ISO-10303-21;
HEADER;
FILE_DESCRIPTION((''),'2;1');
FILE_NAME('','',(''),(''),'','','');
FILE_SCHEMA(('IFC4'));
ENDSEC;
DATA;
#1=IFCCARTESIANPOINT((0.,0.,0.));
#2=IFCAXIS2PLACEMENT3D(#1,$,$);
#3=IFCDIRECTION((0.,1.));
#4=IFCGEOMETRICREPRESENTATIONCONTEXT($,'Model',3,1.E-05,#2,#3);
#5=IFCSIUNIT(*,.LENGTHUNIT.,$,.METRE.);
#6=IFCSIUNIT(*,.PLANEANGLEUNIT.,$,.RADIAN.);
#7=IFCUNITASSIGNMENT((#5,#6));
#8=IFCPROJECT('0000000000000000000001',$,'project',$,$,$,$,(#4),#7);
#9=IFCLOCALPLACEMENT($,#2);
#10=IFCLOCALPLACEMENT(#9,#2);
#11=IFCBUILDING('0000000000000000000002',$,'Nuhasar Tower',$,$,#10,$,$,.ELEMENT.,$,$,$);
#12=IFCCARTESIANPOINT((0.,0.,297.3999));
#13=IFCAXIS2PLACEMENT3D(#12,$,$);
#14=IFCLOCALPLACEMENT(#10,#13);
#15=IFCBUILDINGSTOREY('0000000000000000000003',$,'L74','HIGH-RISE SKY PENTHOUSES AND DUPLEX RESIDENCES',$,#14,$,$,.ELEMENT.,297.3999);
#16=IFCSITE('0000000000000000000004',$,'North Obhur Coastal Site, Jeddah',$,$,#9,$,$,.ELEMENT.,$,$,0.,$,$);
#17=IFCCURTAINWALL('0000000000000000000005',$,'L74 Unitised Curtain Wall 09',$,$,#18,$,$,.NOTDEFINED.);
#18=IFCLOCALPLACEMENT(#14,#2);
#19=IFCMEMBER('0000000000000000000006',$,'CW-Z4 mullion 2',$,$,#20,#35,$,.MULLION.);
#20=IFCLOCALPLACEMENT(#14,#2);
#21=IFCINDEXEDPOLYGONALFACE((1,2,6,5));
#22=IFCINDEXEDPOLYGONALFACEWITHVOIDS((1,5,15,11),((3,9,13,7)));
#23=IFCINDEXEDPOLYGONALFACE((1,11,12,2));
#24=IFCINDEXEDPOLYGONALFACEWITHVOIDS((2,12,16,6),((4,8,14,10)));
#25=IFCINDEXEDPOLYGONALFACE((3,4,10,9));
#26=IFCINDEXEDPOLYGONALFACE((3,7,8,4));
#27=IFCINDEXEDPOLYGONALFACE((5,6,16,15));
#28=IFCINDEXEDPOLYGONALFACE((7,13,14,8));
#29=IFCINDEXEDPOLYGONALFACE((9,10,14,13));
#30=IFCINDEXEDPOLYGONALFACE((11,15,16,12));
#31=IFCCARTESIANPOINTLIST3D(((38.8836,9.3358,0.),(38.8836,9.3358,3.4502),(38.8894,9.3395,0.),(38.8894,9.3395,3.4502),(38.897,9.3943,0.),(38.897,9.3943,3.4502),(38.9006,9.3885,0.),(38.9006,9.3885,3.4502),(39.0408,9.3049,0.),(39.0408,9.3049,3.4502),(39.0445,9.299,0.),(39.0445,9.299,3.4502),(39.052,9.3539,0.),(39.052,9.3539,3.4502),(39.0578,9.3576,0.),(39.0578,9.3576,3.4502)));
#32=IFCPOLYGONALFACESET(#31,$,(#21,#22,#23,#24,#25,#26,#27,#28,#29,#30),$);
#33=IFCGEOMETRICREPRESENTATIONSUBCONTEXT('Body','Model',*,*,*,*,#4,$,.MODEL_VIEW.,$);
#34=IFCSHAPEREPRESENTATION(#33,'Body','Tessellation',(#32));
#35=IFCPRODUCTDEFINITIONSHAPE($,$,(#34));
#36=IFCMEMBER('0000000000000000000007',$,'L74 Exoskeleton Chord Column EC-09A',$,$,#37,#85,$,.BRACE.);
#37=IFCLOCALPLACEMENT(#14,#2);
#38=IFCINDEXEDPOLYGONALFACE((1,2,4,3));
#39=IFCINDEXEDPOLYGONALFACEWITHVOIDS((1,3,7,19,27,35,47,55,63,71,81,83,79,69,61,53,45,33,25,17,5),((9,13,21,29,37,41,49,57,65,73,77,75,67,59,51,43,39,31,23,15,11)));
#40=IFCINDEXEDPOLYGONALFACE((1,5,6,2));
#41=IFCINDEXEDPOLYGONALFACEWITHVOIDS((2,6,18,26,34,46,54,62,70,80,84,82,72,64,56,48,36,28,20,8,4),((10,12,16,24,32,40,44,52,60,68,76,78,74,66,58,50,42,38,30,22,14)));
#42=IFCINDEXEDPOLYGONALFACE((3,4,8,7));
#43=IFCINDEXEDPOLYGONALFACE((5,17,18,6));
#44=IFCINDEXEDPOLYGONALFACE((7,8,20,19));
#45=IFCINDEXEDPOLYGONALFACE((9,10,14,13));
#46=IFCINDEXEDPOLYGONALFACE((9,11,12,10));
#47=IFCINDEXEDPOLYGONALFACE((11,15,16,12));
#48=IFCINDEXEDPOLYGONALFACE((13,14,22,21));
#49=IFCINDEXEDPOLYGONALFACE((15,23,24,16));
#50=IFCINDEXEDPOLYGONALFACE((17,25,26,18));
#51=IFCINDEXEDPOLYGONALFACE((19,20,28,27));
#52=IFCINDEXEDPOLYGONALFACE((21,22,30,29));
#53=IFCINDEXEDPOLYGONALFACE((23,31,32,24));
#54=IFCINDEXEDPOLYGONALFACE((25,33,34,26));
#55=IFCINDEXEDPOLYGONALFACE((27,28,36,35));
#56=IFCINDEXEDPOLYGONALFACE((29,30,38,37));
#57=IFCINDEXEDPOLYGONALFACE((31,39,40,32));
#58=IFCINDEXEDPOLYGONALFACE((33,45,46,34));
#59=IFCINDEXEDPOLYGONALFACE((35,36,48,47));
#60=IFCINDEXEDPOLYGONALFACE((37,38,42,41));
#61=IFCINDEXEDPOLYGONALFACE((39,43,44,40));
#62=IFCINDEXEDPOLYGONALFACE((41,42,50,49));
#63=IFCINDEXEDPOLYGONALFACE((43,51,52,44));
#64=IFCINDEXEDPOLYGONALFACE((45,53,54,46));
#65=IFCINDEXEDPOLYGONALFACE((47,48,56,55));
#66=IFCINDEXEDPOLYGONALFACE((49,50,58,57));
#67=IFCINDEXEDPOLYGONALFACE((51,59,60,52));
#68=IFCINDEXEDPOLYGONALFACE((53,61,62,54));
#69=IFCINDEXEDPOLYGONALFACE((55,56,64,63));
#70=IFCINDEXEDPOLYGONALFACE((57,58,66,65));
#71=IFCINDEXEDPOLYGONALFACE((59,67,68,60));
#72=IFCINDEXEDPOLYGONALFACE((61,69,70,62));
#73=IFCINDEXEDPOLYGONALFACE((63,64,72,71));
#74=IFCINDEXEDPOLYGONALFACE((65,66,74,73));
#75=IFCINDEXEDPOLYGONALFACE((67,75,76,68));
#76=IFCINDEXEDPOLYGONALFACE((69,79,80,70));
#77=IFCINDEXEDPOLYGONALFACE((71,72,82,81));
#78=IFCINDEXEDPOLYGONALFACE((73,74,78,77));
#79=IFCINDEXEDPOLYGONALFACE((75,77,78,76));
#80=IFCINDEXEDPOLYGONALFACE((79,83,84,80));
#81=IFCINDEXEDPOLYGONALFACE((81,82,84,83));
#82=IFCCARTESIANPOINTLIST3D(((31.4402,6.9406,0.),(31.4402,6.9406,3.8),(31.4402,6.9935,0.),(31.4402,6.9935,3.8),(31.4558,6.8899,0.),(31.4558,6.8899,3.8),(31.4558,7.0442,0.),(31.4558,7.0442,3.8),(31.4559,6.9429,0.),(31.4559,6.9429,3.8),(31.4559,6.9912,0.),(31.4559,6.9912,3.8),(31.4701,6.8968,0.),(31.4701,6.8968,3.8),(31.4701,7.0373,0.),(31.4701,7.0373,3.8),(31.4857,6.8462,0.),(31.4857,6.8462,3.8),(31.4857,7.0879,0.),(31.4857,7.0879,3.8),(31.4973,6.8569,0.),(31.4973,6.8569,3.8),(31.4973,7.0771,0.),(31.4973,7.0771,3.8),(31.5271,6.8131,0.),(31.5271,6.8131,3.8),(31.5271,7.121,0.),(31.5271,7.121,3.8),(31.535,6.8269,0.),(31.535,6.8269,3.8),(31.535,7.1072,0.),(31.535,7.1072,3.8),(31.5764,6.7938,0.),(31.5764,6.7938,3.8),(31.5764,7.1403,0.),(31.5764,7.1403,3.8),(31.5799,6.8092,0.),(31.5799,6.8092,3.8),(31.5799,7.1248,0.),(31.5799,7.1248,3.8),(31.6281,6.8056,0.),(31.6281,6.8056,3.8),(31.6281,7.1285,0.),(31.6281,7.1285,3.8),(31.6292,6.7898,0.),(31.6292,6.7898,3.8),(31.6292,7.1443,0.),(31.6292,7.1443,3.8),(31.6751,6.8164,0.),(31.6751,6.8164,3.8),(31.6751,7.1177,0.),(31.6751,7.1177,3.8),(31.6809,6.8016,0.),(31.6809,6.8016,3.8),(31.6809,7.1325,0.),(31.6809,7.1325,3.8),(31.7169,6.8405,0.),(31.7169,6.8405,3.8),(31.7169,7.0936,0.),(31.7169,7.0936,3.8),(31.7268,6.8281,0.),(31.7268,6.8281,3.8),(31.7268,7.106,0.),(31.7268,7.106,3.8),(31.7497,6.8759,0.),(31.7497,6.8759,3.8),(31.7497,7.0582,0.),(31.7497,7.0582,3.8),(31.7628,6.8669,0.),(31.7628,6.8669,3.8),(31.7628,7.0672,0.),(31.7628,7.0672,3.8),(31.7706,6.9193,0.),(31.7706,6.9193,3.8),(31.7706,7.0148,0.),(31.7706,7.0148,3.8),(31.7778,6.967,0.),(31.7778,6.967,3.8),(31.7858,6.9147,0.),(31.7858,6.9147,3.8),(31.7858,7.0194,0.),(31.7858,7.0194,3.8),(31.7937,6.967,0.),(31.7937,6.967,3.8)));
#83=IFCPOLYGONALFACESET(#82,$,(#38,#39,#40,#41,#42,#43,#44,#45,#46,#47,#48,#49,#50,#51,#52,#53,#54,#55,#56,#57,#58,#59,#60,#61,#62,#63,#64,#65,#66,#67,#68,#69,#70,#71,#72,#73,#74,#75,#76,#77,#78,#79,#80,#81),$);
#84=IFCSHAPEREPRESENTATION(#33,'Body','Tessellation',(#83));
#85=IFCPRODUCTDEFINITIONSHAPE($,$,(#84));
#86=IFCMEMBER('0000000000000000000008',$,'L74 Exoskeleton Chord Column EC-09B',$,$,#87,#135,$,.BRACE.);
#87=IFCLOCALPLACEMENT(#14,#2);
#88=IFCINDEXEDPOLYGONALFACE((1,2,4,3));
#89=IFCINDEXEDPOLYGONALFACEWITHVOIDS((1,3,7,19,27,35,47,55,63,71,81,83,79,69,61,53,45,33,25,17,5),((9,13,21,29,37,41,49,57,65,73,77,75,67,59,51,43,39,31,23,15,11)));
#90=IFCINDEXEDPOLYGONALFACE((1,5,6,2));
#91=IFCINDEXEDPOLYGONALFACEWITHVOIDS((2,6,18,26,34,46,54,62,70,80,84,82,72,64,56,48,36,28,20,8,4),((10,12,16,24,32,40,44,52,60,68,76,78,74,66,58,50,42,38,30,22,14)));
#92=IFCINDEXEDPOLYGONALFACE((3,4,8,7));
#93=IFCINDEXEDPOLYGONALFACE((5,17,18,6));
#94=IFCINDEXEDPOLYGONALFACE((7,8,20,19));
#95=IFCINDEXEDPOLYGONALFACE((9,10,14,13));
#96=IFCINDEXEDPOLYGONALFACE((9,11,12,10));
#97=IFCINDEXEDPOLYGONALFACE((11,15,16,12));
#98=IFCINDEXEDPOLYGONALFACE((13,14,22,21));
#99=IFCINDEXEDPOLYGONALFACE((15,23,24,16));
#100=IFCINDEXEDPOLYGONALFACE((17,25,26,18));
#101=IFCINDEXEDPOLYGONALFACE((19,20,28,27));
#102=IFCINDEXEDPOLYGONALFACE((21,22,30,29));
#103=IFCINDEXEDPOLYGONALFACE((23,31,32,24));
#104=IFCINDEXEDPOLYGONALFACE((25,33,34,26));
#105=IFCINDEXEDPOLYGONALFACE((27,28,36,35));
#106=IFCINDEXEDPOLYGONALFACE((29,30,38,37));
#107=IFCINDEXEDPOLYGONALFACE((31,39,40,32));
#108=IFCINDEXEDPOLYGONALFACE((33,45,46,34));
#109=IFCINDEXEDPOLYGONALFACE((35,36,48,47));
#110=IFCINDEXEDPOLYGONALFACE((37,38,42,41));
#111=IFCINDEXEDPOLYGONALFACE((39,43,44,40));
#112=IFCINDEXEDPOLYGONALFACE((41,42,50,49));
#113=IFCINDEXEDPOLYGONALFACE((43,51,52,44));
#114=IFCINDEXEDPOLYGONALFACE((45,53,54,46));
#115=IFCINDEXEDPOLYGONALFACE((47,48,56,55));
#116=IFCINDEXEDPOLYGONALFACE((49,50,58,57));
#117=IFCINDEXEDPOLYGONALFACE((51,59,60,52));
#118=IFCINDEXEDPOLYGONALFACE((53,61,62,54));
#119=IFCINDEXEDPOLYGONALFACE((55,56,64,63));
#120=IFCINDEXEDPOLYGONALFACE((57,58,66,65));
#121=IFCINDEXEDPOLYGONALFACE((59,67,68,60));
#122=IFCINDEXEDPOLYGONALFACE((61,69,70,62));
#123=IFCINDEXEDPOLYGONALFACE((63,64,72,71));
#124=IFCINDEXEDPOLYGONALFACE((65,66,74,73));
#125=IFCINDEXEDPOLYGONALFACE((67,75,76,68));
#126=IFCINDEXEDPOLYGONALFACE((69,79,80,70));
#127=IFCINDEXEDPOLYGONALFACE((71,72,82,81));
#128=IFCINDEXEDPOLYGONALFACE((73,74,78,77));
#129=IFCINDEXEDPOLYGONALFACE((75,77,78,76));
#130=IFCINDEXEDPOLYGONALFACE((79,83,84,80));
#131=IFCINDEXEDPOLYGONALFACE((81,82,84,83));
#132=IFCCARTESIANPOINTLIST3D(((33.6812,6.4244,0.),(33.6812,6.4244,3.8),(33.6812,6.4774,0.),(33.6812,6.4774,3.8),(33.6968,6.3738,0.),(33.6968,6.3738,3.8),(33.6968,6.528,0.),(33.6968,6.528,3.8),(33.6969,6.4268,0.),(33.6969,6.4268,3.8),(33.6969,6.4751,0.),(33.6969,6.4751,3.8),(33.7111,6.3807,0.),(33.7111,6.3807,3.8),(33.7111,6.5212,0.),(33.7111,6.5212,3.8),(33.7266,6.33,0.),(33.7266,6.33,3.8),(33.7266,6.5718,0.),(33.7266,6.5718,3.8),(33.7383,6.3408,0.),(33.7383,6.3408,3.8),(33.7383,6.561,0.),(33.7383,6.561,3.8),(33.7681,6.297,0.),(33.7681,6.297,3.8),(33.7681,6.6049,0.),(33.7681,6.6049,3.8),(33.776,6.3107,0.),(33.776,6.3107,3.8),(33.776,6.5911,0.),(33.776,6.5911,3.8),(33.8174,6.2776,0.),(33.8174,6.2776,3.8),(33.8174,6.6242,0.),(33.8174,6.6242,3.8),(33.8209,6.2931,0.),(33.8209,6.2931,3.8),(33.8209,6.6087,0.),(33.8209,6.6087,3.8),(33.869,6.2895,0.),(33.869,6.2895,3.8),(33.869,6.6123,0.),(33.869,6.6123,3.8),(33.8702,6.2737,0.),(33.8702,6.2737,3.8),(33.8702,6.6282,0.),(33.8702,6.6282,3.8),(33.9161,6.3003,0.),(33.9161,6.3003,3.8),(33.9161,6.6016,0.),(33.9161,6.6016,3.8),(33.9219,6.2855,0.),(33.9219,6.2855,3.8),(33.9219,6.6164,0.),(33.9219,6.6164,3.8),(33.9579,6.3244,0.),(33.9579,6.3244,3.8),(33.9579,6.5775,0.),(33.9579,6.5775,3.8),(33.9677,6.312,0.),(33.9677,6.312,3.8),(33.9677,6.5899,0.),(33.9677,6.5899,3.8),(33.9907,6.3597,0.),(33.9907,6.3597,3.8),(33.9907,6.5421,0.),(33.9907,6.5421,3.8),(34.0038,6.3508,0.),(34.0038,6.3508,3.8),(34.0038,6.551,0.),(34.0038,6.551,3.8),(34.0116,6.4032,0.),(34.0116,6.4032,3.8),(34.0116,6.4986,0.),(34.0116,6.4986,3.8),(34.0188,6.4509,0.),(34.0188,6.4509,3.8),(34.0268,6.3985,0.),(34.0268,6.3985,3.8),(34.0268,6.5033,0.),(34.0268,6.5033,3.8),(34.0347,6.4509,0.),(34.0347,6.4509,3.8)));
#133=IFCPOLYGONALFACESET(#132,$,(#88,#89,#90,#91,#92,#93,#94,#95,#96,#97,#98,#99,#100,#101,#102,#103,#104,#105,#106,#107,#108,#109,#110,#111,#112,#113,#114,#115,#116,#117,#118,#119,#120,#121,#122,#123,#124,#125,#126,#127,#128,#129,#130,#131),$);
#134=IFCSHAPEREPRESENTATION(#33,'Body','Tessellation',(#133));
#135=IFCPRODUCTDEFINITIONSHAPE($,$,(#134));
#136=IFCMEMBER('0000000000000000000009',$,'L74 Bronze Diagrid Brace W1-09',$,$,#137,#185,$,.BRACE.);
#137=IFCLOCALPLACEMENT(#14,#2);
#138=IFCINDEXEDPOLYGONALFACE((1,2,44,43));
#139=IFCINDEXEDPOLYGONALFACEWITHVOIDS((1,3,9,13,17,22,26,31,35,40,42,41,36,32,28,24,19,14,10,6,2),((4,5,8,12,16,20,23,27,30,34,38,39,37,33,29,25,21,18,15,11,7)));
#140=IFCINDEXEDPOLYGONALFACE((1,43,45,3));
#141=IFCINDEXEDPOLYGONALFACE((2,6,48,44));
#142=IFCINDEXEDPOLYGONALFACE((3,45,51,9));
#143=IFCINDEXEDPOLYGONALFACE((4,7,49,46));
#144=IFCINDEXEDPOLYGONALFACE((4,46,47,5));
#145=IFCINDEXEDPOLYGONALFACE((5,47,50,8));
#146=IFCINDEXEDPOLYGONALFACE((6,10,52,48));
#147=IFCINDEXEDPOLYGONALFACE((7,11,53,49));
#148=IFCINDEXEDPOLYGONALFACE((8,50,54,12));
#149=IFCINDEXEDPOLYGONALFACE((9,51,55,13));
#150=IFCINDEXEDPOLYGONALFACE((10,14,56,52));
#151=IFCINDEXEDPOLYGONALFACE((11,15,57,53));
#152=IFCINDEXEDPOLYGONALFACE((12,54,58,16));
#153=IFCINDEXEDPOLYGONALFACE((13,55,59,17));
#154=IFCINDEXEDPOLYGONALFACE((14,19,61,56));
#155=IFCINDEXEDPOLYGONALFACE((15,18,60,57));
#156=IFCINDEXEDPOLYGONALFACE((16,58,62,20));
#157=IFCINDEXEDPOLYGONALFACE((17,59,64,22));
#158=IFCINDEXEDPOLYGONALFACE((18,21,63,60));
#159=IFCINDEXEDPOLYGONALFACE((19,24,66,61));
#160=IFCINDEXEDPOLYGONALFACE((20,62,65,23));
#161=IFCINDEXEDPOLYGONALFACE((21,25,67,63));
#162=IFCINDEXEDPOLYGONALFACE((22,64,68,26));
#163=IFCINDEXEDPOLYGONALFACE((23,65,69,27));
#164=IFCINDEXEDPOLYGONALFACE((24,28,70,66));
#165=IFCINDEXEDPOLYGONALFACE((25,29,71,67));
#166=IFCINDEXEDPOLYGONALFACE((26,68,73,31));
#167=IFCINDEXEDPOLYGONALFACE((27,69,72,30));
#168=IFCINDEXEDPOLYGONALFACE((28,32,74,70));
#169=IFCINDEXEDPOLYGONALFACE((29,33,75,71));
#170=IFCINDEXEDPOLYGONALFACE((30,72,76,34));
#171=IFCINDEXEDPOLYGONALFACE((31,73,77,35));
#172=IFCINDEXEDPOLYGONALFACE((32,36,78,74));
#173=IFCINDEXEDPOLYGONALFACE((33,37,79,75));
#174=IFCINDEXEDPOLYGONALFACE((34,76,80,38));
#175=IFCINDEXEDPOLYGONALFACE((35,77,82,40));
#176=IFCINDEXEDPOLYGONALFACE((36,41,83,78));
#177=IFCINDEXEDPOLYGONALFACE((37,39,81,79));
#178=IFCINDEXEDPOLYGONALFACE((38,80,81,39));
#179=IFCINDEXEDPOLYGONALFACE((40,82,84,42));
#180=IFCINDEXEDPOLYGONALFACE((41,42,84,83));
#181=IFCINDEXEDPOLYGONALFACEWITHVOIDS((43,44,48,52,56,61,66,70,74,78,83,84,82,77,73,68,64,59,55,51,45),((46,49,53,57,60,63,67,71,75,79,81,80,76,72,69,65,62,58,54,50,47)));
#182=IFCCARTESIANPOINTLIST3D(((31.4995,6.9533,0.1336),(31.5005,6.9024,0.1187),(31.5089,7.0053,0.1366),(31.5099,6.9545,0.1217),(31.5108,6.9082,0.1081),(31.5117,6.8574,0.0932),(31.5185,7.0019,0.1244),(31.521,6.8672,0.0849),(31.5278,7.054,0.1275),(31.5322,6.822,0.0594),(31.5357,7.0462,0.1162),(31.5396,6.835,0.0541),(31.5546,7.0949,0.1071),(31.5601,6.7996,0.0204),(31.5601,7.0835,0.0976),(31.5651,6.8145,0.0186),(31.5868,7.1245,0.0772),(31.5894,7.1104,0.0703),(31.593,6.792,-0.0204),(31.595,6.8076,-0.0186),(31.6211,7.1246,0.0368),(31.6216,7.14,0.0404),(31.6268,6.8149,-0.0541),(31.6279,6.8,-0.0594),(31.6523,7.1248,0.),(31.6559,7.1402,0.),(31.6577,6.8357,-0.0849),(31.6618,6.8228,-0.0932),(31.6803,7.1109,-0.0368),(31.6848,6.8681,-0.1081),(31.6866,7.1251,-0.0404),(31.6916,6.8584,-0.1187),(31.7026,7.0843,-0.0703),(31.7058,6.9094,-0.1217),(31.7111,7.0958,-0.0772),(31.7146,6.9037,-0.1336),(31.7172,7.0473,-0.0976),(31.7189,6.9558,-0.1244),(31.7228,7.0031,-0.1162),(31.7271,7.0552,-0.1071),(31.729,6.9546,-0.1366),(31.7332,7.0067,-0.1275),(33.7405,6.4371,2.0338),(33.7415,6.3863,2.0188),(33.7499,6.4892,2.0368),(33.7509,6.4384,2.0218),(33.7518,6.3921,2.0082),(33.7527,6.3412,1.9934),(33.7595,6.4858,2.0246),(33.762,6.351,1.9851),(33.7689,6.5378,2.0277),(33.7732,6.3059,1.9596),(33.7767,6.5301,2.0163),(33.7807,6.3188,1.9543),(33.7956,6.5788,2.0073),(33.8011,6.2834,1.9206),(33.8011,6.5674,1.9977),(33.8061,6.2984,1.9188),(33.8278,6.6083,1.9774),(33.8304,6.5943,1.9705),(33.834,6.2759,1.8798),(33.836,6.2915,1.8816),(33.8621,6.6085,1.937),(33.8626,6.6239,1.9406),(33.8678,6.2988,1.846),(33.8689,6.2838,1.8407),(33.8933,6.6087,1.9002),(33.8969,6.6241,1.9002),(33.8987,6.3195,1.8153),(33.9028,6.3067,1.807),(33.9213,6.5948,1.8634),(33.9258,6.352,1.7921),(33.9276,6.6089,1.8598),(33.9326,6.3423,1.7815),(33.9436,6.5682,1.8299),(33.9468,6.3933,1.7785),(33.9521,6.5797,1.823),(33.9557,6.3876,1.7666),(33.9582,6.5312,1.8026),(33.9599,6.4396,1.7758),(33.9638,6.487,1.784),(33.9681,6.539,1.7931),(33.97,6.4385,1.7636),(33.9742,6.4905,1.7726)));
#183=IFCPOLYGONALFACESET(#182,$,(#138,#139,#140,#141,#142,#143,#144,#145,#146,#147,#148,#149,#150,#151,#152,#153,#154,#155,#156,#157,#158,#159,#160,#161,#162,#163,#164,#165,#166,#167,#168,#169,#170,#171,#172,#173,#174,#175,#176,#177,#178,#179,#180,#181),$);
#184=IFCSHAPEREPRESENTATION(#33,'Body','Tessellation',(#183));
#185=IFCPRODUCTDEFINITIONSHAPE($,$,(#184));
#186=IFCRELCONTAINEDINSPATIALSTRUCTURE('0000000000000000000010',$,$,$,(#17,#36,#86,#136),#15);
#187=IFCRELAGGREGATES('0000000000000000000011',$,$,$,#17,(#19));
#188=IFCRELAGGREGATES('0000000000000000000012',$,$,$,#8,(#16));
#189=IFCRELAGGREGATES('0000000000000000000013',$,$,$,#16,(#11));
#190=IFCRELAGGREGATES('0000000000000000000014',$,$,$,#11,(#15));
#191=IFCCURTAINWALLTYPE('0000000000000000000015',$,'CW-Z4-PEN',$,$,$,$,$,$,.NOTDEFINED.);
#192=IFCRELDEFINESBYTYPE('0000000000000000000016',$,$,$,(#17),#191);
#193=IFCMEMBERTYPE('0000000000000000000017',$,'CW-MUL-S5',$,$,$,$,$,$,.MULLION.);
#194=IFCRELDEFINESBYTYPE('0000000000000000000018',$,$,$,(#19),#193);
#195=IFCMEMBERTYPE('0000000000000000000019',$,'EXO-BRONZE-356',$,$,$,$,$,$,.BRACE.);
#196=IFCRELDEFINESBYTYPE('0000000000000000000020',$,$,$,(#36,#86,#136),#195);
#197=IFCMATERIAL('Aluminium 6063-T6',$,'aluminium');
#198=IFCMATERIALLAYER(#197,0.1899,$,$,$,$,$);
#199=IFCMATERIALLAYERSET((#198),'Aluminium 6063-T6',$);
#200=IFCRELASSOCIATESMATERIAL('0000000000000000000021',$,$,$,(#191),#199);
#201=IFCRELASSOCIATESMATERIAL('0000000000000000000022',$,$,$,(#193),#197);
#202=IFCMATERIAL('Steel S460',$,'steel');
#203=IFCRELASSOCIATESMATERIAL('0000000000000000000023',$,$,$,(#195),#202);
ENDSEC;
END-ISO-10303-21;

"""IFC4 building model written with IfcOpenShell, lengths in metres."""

from ifc_helpers import new_model, si_unit, direction, frame, origin, origin_2d, place, context, subcontext, project, spatial, hollow_rectangle, hollow_circle, extrude, material, layer, layer_set, material_profile, profile_set, type_object, element, aggregate, save


model = new_model("IFC4")

# Units and contexts
model_context = context("Model", 3, precision=1e-05, world=origin(), true_north=direction((0.0, 1.0)))
body_context = subcontext(model_context, "Body", "Model", "MODEL_VIEW")
ifc_project = project(units=[si_unit("LENGTHUNIT", "METRE"), si_unit("PLANEANGLEUNIT", "RADIAN")], contexts=[model_context])

# Site, building, storey
site_placement = place(None, origin())
site = spatial("IfcSite", under=ifc_project, at=site_placement, Name="North Obhur Coastal Site, Jeddah", CompositionType="ELEMENT", RefElevation=0.0)
building_placement = place(site_placement, origin())
building = spatial("IfcBuilding", under=site, at=building_placement, Name="Nuhasar Tower", CompositionType="ELEMENT")
storey_placement = place(building_placement, frame((0.0, 0.0, 297.3999)))
storey = spatial("IfcBuildingStorey", under=building, at=storey_placement, Name="L74", Description="HIGH-RISE SKY PENTHOUSES AND DUPLEX RESIDENCES", CompositionType="ELEMENT", Elevation=297.3999)

# Curtain wall, member
ifc_material_1 = material(Name="Aluminium 6063-T6", Category="aluminium")
ifc_layer_1 = layer(ifc_material_1, 0.1899)
ifc_layer_set_1 = layer_set([ifc_layer_1], Name="Aluminium 6063-T6")
curtain_wall_type = type_object("IfcCurtainWallType", Name="CW-Z4-PEN", PredefinedType="NOTDEFINED", material=ifc_layer_set_1)
curtain_wall_placement = place(storey_placement, origin())
curtain_wall = element("IfcCurtainWall", 1, at=curtain_wall_placement, inside=storey, type_object=curtain_wall_type, Name="L74 Unitised Curtain Wall 09", PredefinedType="NOTDEFINED")
ifc_material_profile_1 = material_profile(ifc_material_1, hollow_rectangle(XDim=0.0601, YDim=0.165, WallThickness=0.0049, at=origin_2d()), Name="CWM-5")
ifc_profile_set_1 = profile_set([ifc_material_profile_1], Name="Aluminium 6063-T6")
member_type_1 = type_object("IfcMemberType", Name="CW-MUL-S5", PredefinedType="MULLION", material=ifc_profile_set_1)
member_1_placement = place(storey_placement, frame((38.9707, 9.3467, 0.0), z_axis=(0.0, 0.0, 1.0), x_axis=(0.222889, 0.974844, 0.0)))
member_1 = element("IfcMember", 2, at=member_1_placement, type_object=member_type_1, Name="CW-Z4 mullion 2", PredefinedType="MULLION", context=body_context, shape_type="SweptSolid", body=[
    extrude(hollow_rectangle(XDim=0.0601, YDim=0.165, WallThickness=0.0049, at=origin_2d()), origin(), (0.0, 0.0, 1.0), 3.4502),
])

# Members
ifc_material_2 = material(Name="Steel S460", Category="steel")
ifc_material_profile_2 = material_profile(ifc_material_2, hollow_circle(Radius=0.1777, WallThickness=0.0159, at=origin_2d()), Name="HSS355.6X15.9")
ifc_profile_set_2 = profile_set([ifc_material_profile_2], Name="Steel S460")
member_type_2 = type_object("IfcMemberType", Name="EXO-BRONZE-356", PredefinedType="BRACE", material=ifc_profile_set_2)
for number, where, z_axis, x_axis, name in (
    (3, (31.616, 6.967, 0.0), (0.0, 0.0, 1.0), (1.0, 0.0, 0.0), "L74 Exoskeleton Chord Column EC-09A"),
    (4, (33.8569, 6.4509, 0.0), (0.0, 0.0, 1.0), (1.0, 0.0, 0.0), "L74 Exoskeleton Chord Column EC-09B"),
):
    element("IfcMember", number, at=place(storey_placement, frame(where, z_axis=z_axis, x_axis=x_axis)), inside=storey, type_object=member_type_2, Name=name, PredefinedType="BRACE", context=body_context, shape_type="SweptSolid", body=[
        extrude(hollow_circle(Radius=0.1777, WallThickness=0.0159, at=origin_2d()), origin(), (0.0, 0.0, 1.0), 3.8),
    ])
member_2_placement = place(storey_placement, frame((31.616, 6.967, 0.0), z_axis=(0.751222, -0.173013, 0.636971), x_axis=(0.224433, 0.97449, 0.0)))
element("IfcMember", 5, at=member_2_placement, inside=storey, type_object=member_type_2, Name="L74 Bronze Diagrid Brace W1-09", PredefinedType="BRACE", context=body_context, shape_type="SweptSolid", body=[
    extrude(hollow_circle(Radius=0.1777, WallThickness=0.0159, at=origin_2d()), origin(), (0.0, 0.0, 1.0), 2.9832),
])

aggregate(curtain_wall, [member_1])

save(model, "model.ifc")
